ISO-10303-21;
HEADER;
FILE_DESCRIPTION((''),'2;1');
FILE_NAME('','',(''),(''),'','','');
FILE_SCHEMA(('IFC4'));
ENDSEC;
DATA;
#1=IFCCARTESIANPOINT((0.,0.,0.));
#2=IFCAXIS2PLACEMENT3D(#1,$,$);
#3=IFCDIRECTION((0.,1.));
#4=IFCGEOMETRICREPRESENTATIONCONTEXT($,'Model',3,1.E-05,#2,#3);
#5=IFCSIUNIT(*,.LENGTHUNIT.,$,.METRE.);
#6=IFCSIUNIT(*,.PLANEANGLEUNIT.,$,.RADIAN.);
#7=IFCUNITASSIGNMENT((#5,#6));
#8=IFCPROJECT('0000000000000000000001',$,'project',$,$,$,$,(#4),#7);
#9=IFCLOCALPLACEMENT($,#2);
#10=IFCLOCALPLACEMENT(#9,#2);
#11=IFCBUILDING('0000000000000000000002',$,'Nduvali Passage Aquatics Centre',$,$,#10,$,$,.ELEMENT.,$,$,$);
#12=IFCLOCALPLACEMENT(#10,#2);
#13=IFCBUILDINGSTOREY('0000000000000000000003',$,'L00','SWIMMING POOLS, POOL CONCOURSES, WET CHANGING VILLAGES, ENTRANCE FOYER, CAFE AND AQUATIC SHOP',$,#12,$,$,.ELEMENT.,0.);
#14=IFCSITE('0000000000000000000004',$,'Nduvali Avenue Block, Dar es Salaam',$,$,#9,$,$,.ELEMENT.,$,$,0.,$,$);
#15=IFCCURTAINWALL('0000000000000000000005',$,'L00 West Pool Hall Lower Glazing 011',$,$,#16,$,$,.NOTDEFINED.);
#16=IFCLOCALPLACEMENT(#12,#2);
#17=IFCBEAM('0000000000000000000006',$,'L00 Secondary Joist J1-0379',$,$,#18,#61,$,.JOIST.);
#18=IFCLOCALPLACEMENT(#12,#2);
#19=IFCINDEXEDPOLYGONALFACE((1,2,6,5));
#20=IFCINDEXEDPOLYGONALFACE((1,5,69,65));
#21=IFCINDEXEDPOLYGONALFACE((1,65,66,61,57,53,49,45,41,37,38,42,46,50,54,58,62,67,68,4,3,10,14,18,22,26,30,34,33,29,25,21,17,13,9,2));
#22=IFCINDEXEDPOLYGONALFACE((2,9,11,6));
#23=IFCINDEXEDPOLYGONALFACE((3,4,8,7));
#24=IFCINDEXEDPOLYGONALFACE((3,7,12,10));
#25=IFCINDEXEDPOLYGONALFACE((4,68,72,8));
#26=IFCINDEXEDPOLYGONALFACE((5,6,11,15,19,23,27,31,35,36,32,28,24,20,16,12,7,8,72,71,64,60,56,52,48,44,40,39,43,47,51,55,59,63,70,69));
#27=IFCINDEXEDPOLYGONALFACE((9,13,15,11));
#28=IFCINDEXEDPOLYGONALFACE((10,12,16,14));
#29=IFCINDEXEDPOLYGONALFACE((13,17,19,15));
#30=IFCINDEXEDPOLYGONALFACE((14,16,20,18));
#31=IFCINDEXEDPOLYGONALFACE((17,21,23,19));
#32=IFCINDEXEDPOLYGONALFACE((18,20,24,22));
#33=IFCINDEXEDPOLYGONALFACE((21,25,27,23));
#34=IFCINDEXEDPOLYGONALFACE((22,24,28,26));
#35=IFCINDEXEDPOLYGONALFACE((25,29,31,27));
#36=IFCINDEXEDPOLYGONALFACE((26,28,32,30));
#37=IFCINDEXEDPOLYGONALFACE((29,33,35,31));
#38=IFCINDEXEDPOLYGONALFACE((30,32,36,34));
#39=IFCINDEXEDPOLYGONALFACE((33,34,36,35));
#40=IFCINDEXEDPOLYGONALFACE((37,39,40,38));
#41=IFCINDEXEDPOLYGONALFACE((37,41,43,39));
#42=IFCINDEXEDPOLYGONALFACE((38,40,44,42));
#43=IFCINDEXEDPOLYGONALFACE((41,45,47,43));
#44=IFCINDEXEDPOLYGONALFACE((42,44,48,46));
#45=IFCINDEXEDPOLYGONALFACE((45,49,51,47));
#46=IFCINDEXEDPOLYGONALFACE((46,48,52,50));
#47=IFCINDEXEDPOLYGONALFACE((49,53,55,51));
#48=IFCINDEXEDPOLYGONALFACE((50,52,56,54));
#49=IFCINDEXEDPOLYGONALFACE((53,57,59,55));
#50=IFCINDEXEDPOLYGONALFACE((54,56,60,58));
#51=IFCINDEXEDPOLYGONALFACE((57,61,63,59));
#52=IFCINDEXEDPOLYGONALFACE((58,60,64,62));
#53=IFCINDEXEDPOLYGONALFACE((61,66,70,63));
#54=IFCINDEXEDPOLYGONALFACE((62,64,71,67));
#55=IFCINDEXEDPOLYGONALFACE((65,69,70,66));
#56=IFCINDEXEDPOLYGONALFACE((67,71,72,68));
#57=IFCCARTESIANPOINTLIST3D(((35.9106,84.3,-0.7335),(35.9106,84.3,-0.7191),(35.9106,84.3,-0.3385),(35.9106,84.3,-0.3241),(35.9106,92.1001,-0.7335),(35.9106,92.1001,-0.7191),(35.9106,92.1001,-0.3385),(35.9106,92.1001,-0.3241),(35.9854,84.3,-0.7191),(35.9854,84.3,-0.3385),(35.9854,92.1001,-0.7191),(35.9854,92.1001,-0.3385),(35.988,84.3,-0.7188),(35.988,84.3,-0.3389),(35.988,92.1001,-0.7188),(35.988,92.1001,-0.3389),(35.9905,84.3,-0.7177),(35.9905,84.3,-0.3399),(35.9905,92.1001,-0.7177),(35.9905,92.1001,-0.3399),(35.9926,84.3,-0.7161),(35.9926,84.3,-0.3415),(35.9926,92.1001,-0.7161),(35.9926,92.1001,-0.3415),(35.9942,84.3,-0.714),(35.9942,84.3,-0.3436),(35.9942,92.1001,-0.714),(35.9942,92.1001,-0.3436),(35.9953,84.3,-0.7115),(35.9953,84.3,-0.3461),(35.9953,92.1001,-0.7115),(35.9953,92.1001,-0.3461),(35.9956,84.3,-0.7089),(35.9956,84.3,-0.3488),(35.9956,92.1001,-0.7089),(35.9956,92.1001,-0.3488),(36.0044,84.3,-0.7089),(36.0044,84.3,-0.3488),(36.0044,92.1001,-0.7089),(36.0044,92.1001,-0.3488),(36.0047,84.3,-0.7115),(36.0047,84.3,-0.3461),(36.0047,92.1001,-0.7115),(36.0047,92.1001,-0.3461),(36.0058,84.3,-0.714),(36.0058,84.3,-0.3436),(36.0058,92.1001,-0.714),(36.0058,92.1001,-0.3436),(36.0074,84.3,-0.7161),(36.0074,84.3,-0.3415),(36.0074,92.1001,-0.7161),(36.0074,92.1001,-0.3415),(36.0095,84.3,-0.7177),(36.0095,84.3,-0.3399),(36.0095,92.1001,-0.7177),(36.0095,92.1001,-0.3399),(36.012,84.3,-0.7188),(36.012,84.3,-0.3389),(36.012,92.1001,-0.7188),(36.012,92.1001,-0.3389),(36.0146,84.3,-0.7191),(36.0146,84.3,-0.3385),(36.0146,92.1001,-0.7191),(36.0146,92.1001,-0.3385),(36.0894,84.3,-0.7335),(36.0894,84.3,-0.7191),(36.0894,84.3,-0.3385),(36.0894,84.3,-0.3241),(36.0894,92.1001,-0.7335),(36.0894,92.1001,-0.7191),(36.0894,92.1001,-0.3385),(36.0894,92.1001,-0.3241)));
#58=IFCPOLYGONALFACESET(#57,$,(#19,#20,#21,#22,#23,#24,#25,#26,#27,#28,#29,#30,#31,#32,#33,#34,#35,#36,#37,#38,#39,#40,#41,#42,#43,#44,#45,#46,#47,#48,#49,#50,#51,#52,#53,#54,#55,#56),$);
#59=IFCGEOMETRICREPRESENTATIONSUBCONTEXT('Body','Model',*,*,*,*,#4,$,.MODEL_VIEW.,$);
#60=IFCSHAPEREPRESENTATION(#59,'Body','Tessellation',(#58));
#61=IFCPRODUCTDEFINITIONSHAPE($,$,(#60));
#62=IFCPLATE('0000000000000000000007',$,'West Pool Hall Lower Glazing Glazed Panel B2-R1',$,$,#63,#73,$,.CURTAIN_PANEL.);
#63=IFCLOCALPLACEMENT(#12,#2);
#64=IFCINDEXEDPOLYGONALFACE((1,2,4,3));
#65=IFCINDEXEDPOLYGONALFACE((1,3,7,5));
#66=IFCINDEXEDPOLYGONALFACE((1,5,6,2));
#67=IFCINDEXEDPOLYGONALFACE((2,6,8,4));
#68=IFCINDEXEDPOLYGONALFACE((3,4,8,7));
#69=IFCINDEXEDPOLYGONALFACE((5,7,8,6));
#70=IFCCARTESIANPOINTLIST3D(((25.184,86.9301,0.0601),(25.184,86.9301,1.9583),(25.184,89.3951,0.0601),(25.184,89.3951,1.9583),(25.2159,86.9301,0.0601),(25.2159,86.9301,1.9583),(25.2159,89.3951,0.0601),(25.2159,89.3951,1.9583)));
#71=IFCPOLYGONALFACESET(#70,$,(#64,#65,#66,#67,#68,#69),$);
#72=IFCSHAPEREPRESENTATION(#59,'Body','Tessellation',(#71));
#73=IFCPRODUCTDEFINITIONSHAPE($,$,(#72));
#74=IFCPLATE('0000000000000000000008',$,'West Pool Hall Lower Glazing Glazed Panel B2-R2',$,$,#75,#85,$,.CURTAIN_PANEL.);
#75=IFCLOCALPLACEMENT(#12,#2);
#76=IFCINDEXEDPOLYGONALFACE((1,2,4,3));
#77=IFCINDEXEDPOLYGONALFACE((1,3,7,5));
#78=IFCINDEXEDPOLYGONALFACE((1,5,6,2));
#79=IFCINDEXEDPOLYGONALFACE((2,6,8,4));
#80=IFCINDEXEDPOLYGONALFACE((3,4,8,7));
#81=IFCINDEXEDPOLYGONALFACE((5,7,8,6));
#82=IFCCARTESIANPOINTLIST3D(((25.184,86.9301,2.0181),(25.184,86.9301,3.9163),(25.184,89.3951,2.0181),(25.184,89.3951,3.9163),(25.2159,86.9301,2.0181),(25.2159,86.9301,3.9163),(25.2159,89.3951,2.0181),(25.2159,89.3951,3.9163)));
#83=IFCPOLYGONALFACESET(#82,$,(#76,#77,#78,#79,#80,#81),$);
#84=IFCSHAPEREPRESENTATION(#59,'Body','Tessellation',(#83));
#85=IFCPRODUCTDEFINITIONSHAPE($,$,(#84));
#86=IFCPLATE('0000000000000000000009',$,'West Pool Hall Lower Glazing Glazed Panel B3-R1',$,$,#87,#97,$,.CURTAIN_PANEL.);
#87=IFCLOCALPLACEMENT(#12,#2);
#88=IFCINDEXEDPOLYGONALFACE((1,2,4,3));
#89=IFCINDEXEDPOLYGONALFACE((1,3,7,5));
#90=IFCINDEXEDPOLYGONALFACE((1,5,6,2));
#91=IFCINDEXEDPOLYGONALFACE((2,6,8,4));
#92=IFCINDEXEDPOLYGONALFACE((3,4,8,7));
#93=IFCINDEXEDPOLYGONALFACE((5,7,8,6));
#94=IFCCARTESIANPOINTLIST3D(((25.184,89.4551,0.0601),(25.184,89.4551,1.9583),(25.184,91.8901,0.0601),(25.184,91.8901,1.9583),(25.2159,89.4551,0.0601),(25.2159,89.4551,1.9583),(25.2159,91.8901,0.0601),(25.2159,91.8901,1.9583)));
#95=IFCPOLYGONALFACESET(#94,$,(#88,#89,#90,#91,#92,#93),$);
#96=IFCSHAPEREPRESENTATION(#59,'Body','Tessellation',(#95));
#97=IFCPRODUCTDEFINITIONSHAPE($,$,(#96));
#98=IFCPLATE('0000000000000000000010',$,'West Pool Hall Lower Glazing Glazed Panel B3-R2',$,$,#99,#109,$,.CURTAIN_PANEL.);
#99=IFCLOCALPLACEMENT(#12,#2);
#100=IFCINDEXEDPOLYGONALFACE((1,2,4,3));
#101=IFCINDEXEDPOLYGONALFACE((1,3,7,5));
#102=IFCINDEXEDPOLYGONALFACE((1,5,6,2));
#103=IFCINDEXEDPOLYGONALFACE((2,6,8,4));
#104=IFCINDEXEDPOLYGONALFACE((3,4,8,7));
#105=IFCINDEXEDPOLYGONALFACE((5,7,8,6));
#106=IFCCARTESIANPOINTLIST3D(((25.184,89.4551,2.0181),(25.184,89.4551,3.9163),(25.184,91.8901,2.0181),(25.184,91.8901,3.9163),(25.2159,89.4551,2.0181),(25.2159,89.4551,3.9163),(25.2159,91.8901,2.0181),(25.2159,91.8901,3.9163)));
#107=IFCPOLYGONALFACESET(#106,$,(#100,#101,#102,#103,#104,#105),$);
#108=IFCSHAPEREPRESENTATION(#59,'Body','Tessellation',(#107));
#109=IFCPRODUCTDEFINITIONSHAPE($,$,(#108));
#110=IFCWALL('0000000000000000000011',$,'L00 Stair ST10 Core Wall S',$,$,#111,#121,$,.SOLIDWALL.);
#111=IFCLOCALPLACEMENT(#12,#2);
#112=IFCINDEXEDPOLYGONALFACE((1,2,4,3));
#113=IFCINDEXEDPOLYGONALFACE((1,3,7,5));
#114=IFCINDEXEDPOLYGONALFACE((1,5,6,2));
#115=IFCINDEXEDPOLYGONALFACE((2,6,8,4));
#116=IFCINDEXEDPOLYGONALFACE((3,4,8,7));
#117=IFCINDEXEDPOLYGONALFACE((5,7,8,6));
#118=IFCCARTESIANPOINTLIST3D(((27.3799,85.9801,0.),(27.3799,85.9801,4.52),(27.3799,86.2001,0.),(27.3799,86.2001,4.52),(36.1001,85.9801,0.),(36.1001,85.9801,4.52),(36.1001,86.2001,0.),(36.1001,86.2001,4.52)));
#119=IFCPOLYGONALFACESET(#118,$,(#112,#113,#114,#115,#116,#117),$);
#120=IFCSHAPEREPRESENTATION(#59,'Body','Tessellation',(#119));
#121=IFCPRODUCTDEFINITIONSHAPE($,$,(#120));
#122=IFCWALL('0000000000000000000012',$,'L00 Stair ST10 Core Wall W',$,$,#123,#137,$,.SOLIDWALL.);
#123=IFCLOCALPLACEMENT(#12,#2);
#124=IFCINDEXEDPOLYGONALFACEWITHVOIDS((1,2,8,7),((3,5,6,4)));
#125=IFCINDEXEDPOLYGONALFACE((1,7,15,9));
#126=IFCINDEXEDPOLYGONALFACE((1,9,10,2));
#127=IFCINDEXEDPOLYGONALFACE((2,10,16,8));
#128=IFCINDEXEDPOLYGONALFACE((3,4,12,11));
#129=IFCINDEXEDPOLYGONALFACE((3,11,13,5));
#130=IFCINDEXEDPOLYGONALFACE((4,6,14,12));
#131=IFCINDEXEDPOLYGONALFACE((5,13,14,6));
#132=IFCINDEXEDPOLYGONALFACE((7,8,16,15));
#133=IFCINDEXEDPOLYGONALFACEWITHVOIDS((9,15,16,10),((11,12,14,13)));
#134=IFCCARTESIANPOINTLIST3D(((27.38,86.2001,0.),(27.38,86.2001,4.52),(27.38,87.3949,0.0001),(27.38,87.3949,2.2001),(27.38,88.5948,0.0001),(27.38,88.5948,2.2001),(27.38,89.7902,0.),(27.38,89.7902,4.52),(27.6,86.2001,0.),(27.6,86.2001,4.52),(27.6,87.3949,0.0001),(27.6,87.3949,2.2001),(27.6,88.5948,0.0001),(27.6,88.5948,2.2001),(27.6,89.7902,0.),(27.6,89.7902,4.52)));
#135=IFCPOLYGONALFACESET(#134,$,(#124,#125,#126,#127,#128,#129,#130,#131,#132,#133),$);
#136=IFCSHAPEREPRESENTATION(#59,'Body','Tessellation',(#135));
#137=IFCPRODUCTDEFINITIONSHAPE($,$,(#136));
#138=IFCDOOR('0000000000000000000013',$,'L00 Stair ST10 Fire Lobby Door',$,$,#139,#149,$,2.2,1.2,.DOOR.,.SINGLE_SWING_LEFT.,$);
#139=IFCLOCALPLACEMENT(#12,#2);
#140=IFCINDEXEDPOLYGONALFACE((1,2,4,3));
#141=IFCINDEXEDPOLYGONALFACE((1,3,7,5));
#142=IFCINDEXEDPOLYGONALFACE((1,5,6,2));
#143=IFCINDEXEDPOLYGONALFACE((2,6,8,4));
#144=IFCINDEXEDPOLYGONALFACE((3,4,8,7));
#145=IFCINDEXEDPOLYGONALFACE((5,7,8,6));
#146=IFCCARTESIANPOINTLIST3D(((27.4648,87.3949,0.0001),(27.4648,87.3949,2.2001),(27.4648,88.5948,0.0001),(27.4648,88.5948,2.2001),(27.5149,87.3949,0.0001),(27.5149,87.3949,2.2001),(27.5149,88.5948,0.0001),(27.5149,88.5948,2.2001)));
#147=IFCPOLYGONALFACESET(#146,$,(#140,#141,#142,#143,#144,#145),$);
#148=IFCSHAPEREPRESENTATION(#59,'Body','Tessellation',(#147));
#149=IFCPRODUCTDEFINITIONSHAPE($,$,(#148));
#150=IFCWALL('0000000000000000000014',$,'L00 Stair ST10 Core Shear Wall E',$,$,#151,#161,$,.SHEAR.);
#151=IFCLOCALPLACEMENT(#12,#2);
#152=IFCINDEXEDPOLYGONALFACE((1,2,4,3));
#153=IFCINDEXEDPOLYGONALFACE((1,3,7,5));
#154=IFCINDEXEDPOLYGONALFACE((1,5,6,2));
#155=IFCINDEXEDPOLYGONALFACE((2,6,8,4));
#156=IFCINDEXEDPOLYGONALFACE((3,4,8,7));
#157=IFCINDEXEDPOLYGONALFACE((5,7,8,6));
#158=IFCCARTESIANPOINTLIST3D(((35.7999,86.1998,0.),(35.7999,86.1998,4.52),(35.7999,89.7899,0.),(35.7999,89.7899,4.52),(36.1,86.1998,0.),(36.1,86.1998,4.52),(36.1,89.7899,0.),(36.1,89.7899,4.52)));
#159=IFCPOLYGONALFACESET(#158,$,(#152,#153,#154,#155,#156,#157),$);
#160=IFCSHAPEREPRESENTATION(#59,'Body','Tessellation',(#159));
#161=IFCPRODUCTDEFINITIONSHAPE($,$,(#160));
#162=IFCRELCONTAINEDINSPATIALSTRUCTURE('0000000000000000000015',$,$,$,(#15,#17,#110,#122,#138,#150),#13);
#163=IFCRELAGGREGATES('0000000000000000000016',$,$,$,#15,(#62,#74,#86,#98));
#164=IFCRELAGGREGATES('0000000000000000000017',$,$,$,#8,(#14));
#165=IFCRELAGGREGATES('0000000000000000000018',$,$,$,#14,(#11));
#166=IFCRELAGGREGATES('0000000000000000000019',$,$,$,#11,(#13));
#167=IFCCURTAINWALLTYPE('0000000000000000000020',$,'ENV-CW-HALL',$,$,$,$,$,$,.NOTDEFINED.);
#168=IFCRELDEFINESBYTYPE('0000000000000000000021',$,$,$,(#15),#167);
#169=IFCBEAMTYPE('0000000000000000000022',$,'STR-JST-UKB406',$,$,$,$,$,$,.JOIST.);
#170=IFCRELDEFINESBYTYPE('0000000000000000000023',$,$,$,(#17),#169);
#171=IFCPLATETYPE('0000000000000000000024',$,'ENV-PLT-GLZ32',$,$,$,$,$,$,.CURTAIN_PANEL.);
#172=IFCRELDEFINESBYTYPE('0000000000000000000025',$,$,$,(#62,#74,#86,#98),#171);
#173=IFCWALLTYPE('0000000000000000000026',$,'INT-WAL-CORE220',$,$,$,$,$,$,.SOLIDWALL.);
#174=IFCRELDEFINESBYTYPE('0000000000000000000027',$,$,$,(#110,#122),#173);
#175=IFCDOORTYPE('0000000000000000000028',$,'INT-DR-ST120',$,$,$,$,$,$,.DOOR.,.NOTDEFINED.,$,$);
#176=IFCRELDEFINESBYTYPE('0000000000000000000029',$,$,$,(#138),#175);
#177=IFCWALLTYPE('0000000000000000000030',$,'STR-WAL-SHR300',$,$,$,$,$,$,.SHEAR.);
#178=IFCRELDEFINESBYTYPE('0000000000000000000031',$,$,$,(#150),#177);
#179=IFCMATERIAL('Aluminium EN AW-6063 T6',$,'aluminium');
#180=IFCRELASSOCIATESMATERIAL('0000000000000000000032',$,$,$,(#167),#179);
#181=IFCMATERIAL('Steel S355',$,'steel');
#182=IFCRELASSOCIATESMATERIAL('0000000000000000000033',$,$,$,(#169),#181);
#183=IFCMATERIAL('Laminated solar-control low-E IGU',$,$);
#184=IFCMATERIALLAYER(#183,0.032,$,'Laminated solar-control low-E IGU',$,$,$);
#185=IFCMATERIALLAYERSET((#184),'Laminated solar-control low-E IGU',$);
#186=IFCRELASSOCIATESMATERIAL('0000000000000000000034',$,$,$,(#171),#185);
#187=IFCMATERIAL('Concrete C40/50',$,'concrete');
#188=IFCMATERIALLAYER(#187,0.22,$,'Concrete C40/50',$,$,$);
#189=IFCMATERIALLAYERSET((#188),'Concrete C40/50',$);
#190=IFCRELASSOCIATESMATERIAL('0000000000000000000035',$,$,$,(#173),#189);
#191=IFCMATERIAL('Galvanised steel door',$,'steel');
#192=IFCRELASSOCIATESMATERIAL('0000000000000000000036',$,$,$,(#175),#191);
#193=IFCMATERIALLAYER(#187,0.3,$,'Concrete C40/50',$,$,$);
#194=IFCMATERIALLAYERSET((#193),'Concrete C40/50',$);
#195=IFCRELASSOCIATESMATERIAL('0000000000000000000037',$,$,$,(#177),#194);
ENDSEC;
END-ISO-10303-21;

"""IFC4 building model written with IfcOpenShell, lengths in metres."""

from ifc_helpers import new_model, si_unit, direction, frame, frame_2d, origin, origin_2d, place, context, subcontext, project, spatial, rectangle, i_section, extrude, material, layer, layer_set, material_profile, profile_set, type_object, element, fill, aggregate, save


model = new_model("IFC4")

# Units and contexts
model_context = context("Model", 3, precision=1e-05, world=origin(), true_north=direction((0.0, 1.0)))
body_context = subcontext(model_context, "Body", "Model", "MODEL_VIEW")
ifc_project = project(units=[si_unit("LENGTHUNIT", "METRE"), si_unit("PLANEANGLEUNIT", "RADIAN")], contexts=[model_context])

# Site, building, storey
site_placement = place(None, origin())
site = spatial("IfcSite", under=ifc_project, at=site_placement, Name="Nduvali Avenue Block, Dar es Salaam", CompositionType="ELEMENT", RefElevation=0.0)
building_placement = place(site_placement, origin())
building = spatial("IfcBuilding", under=site, at=building_placement, Name="Nduvali Passage Aquatics Centre", CompositionType="ELEMENT")
storey_placement = place(building_placement, origin())
storey = spatial("IfcBuildingStorey", under=building, at=storey_placement, Name="L00", Description="SWIMMING POOLS, POOL CONCOURSES, WET CHANGING VILLAGES, ENTRANCE FOYER, CAFE AND AQUATIC SHOP", CompositionType="ELEMENT", Elevation=0.0)

# Shared definitions
ifc_material_1 = material(Name="Concrete C40/50", Category="concrete")

# Curtain wall
ifc_material_2 = material(Name="Aluminium EN AW-6063 T6", Category="aluminium")
curtain_wall_type = type_object("IfcCurtainWallType", Name="ENV-CW-HALL", PredefinedType="NOTDEFINED", material=ifc_material_2)
curtain_wall_placement = place(storey_placement, origin())
curtain_wall = element("IfcCurtainWall", 1, at=curtain_wall_placement, inside=storey, type_object=curtain_wall_type, Name="L00 West Pool Hall Lower Glazing 011", PredefinedType="NOTDEFINED")

# Beam
ifc_material_3 = material(Name="Steel S355", Category="steel")
ifc_material_profile_1 = material_profile(ifc_material_3, i_section(OverallWidth=0.1787, OverallDepth=0.4094, WebThickness=0.0088, FlangeThickness=0.0144, FilletRadius=0.0103, at=origin_2d()), Name="UKB 406x178x67")
ifc_profile_set_1 = profile_set([ifc_material_profile_1], Name="Steel S355")
beam_type_1 = type_object("IfcBeamType", Name="STR-JST-UKB406", PredefinedType="JOIST", material=ifc_profile_set_1)
beam_1_placement = place(storey_placement, frame((36.0, 84.3, -0.5288), z_axis=(0.0, 1.0, 0.0), x_axis=(-1.0, 0.0, 0.0)))
element("IfcBeam", 2, at=beam_1_placement, inside=storey, type_object=beam_type_1, Name="L00 Secondary Joist J1-0379", PredefinedType="JOIST", context=body_context, shape_type="SweptSolid", body=[
    extrude(i_section(OverallWidth=0.1787, OverallDepth=0.4094, WebThickness=0.0088, FlangeThickness=0.0144, FilletRadius=0.0103, at=origin_2d()), origin(), (0.0, 0.0, 1.0), 7.8),
])

# Plates
ifc_material_4 = material(Name="Laminated solar-control low-E IGU")
ifc_layer_1 = layer(ifc_material_4, 0.032, Name="Laminated solar-control low-E IGU")
ifc_layer_set_1 = layer_set([ifc_layer_1], Name="Laminated solar-control low-E IGU")
plate_type = type_object("IfcPlateType", Name="ENV-PLT-GLZ32", PredefinedType="CURTAIN_PANEL", material=ifc_layer_set_1)
plate_1_placement = place(storey_placement, frame((25.2, 88.1626, 0.0601), z_axis=(0.0, 0.0, 1.0), x_axis=(0.0, 1.0, 0.0)))
plate_1 = element("IfcPlate", 3, at=plate_1_placement, type_object=plate_type, Name="West Pool Hall Lower Glazing Glazed Panel B2-R1", PredefinedType="CURTAIN_PANEL", context=body_context, shape_type="SweptSolid", body=[
    extrude(rectangle(XDim=2.4651, YDim=0.032, at=origin_2d()), origin(), (0.0, 0.0, 1.0), 1.8982),
])
plate_2_placement = place(storey_placement, frame((25.2, 88.1626, 2.0181), z_axis=(0.0, 0.0, 1.0), x_axis=(0.0, 1.0, 0.0)))
plate_2 = element("IfcPlate", 4, at=plate_2_placement, type_object=plate_type, Name="West Pool Hall Lower Glazing Glazed Panel B2-R2", PredefinedType="CURTAIN_PANEL", context=body_context, shape_type="SweptSolid", body=[
    extrude(rectangle(XDim=2.4651, YDim=0.032, at=origin_2d()), origin(), (0.0, 0.0, 1.0), 1.8982),
])
plate_3_placement = place(storey_placement, frame((25.2, 90.6726, 0.0601), z_axis=(0.0, 0.0, 1.0), x_axis=(0.0, 1.0, 0.0)))
plate_3 = element("IfcPlate", 5, at=plate_3_placement, type_object=plate_type, Name="West Pool Hall Lower Glazing Glazed Panel B3-R1", PredefinedType="CURTAIN_PANEL", context=body_context, shape_type="SweptSolid", body=[
    extrude(rectangle(XDim=2.4351, YDim=0.032, at=origin_2d()), origin(), (0.0, 0.0, 1.0), 1.8982),
])
plate_4_placement = place(storey_placement, frame((25.2, 90.6726, 2.0181), z_axis=(0.0, 0.0, 1.0), x_axis=(0.0, 1.0, 0.0)))
plate_4 = element("IfcPlate", 6, at=plate_4_placement, type_object=plate_type, Name="West Pool Hall Lower Glazing Glazed Panel B3-R2", PredefinedType="CURTAIN_PANEL", context=body_context, shape_type="SweptSolid", body=[
    extrude(rectangle(XDim=2.4351, YDim=0.032, at=origin_2d()), origin(), (0.0, 0.0, 1.0), 1.8982),
])
aggregate(curtain_wall, [plate_1, plate_2, plate_3, plate_4])

# Wall
ifc_layer_2 = layer(ifc_material_1, 0.22, Name="Concrete C40/50")
ifc_layer_set_2 = layer_set([ifc_layer_2], Name="Concrete C40/50")
wall_type_1 = type_object("IfcWallType", Name="INT-WAL-CORE220", PredefinedType="SOLIDWALL", material=ifc_layer_set_2)
wall_1_placement = place(storey_placement, frame((27.3799, 86.0901, 0.0), z_axis=(0.0, 0.0, 1.0), x_axis=(1.0, 0.0, 0.0)))
element("IfcWall", 7, at=wall_1_placement, inside=storey, type_object=wall_type_1, Name="L00 Stair ST10 Core Wall S", PredefinedType="SOLIDWALL", context=body_context, shape_type="SweptSolid", body=[
    extrude(rectangle(XDim=8.7202, YDim=0.22, at=frame_2d((4.3601, 0.0))), origin(), (0.0, 0.0, 1.0), 4.52),
])

# Wall, opening, door
wall_2_placement = place(storey_placement, frame((27.49, 89.79, 0.0), z_axis=(0.0, 0.0, 1.0), x_axis=(0.0, -1.0, 0.0)))
wall_2 = element("IfcWall", 8, at=wall_2_placement, inside=storey, type_object=wall_type_1, Name="L00 Stair ST10 Core Wall W", PredefinedType="SOLIDWALL", context=body_context, shape_type="SweptSolid", body=[
    extrude(rectangle(XDim=3.5901, YDim=0.22, at=frame_2d((1.7949, 0.0))), origin(), (0.0, 0.0, 1.0), 4.52),
])
opening_placement = place(wall_2_placement, frame((1.1951, 0.0, 0.0)))
opening = element("IfcOpeningElement", 9, at=opening_placement, cuts=wall_2, PredefinedType="OPENING", context=body_context, shape_type="SweptSolid", body=[
    extrude(rectangle(XDim=1.2, YDim=2.2, at=frame_2d((0.6001, 1.1001))), frame((0.0, 0.125, 0.0), z_axis=(0.0, -1.0, 0.0), x_axis=(1.0, 0.0, 0.0)), (0.0, 0.0, 1.0), 0.2498),
])
ifc_material_5 = material(Name="Galvanised steel door", Category="steel")
door_type = type_object("IfcDoorType", Name="INT-DR-ST120", OperationType="NOTDEFINED", PredefinedType="DOOR", material=ifc_material_5)
door_placement = place(opening_placement, origin())
door = element("IfcDoor", 10, at=door_placement, inside=storey, type_object=door_type, Name="L00 Stair ST10 Fire Lobby Door", OperationType="SINGLE_SWING_LEFT", OverallHeight=2.2, OverallWidth=1.2, PredefinedType="DOOR", context=body_context, shape_type="SweptSolid", body=[
    extrude(rectangle(XDim=1.2, YDim=2.2, at=frame_2d((0.6001, 1.1001))), frame((0.0, 0.0249, 0.0), z_axis=(0.0, -1.0, 0.0), x_axis=(1.0, 0.0, 0.0)), (0.0, 0.0, 1.0), 0.05),
])
fill(opening, door)

# Wall
ifc_layer_3 = layer(ifc_material_1, 0.3, Name="Concrete C40/50")
ifc_layer_set_3 = layer_set([ifc_layer_3], Name="Concrete C40/50")
wall_type_2 = type_object("IfcWallType", Name="STR-WAL-SHR300", PredefinedType="SHEAR", material=ifc_layer_set_3)
wall_3_placement = place(storey_placement, frame((35.95, 86.2, 0.0), z_axis=(0.0, 0.0, 1.0), x_axis=(0.0, 1.0, 0.0)))
element("IfcWall", 11, at=wall_3_placement, inside=storey, type_object=wall_type_2, Name="L00 Stair ST10 Core Shear Wall E", PredefinedType="SHEAR", context=body_context, shape_type="SweptSolid", body=[
    extrude(rectangle(XDim=3.5901, YDim=0.3, at=frame_2d((1.7949, 0.0))), origin(), (0.0, 0.0, 1.0), 4.52),
])

save(model, "model.ifc")
